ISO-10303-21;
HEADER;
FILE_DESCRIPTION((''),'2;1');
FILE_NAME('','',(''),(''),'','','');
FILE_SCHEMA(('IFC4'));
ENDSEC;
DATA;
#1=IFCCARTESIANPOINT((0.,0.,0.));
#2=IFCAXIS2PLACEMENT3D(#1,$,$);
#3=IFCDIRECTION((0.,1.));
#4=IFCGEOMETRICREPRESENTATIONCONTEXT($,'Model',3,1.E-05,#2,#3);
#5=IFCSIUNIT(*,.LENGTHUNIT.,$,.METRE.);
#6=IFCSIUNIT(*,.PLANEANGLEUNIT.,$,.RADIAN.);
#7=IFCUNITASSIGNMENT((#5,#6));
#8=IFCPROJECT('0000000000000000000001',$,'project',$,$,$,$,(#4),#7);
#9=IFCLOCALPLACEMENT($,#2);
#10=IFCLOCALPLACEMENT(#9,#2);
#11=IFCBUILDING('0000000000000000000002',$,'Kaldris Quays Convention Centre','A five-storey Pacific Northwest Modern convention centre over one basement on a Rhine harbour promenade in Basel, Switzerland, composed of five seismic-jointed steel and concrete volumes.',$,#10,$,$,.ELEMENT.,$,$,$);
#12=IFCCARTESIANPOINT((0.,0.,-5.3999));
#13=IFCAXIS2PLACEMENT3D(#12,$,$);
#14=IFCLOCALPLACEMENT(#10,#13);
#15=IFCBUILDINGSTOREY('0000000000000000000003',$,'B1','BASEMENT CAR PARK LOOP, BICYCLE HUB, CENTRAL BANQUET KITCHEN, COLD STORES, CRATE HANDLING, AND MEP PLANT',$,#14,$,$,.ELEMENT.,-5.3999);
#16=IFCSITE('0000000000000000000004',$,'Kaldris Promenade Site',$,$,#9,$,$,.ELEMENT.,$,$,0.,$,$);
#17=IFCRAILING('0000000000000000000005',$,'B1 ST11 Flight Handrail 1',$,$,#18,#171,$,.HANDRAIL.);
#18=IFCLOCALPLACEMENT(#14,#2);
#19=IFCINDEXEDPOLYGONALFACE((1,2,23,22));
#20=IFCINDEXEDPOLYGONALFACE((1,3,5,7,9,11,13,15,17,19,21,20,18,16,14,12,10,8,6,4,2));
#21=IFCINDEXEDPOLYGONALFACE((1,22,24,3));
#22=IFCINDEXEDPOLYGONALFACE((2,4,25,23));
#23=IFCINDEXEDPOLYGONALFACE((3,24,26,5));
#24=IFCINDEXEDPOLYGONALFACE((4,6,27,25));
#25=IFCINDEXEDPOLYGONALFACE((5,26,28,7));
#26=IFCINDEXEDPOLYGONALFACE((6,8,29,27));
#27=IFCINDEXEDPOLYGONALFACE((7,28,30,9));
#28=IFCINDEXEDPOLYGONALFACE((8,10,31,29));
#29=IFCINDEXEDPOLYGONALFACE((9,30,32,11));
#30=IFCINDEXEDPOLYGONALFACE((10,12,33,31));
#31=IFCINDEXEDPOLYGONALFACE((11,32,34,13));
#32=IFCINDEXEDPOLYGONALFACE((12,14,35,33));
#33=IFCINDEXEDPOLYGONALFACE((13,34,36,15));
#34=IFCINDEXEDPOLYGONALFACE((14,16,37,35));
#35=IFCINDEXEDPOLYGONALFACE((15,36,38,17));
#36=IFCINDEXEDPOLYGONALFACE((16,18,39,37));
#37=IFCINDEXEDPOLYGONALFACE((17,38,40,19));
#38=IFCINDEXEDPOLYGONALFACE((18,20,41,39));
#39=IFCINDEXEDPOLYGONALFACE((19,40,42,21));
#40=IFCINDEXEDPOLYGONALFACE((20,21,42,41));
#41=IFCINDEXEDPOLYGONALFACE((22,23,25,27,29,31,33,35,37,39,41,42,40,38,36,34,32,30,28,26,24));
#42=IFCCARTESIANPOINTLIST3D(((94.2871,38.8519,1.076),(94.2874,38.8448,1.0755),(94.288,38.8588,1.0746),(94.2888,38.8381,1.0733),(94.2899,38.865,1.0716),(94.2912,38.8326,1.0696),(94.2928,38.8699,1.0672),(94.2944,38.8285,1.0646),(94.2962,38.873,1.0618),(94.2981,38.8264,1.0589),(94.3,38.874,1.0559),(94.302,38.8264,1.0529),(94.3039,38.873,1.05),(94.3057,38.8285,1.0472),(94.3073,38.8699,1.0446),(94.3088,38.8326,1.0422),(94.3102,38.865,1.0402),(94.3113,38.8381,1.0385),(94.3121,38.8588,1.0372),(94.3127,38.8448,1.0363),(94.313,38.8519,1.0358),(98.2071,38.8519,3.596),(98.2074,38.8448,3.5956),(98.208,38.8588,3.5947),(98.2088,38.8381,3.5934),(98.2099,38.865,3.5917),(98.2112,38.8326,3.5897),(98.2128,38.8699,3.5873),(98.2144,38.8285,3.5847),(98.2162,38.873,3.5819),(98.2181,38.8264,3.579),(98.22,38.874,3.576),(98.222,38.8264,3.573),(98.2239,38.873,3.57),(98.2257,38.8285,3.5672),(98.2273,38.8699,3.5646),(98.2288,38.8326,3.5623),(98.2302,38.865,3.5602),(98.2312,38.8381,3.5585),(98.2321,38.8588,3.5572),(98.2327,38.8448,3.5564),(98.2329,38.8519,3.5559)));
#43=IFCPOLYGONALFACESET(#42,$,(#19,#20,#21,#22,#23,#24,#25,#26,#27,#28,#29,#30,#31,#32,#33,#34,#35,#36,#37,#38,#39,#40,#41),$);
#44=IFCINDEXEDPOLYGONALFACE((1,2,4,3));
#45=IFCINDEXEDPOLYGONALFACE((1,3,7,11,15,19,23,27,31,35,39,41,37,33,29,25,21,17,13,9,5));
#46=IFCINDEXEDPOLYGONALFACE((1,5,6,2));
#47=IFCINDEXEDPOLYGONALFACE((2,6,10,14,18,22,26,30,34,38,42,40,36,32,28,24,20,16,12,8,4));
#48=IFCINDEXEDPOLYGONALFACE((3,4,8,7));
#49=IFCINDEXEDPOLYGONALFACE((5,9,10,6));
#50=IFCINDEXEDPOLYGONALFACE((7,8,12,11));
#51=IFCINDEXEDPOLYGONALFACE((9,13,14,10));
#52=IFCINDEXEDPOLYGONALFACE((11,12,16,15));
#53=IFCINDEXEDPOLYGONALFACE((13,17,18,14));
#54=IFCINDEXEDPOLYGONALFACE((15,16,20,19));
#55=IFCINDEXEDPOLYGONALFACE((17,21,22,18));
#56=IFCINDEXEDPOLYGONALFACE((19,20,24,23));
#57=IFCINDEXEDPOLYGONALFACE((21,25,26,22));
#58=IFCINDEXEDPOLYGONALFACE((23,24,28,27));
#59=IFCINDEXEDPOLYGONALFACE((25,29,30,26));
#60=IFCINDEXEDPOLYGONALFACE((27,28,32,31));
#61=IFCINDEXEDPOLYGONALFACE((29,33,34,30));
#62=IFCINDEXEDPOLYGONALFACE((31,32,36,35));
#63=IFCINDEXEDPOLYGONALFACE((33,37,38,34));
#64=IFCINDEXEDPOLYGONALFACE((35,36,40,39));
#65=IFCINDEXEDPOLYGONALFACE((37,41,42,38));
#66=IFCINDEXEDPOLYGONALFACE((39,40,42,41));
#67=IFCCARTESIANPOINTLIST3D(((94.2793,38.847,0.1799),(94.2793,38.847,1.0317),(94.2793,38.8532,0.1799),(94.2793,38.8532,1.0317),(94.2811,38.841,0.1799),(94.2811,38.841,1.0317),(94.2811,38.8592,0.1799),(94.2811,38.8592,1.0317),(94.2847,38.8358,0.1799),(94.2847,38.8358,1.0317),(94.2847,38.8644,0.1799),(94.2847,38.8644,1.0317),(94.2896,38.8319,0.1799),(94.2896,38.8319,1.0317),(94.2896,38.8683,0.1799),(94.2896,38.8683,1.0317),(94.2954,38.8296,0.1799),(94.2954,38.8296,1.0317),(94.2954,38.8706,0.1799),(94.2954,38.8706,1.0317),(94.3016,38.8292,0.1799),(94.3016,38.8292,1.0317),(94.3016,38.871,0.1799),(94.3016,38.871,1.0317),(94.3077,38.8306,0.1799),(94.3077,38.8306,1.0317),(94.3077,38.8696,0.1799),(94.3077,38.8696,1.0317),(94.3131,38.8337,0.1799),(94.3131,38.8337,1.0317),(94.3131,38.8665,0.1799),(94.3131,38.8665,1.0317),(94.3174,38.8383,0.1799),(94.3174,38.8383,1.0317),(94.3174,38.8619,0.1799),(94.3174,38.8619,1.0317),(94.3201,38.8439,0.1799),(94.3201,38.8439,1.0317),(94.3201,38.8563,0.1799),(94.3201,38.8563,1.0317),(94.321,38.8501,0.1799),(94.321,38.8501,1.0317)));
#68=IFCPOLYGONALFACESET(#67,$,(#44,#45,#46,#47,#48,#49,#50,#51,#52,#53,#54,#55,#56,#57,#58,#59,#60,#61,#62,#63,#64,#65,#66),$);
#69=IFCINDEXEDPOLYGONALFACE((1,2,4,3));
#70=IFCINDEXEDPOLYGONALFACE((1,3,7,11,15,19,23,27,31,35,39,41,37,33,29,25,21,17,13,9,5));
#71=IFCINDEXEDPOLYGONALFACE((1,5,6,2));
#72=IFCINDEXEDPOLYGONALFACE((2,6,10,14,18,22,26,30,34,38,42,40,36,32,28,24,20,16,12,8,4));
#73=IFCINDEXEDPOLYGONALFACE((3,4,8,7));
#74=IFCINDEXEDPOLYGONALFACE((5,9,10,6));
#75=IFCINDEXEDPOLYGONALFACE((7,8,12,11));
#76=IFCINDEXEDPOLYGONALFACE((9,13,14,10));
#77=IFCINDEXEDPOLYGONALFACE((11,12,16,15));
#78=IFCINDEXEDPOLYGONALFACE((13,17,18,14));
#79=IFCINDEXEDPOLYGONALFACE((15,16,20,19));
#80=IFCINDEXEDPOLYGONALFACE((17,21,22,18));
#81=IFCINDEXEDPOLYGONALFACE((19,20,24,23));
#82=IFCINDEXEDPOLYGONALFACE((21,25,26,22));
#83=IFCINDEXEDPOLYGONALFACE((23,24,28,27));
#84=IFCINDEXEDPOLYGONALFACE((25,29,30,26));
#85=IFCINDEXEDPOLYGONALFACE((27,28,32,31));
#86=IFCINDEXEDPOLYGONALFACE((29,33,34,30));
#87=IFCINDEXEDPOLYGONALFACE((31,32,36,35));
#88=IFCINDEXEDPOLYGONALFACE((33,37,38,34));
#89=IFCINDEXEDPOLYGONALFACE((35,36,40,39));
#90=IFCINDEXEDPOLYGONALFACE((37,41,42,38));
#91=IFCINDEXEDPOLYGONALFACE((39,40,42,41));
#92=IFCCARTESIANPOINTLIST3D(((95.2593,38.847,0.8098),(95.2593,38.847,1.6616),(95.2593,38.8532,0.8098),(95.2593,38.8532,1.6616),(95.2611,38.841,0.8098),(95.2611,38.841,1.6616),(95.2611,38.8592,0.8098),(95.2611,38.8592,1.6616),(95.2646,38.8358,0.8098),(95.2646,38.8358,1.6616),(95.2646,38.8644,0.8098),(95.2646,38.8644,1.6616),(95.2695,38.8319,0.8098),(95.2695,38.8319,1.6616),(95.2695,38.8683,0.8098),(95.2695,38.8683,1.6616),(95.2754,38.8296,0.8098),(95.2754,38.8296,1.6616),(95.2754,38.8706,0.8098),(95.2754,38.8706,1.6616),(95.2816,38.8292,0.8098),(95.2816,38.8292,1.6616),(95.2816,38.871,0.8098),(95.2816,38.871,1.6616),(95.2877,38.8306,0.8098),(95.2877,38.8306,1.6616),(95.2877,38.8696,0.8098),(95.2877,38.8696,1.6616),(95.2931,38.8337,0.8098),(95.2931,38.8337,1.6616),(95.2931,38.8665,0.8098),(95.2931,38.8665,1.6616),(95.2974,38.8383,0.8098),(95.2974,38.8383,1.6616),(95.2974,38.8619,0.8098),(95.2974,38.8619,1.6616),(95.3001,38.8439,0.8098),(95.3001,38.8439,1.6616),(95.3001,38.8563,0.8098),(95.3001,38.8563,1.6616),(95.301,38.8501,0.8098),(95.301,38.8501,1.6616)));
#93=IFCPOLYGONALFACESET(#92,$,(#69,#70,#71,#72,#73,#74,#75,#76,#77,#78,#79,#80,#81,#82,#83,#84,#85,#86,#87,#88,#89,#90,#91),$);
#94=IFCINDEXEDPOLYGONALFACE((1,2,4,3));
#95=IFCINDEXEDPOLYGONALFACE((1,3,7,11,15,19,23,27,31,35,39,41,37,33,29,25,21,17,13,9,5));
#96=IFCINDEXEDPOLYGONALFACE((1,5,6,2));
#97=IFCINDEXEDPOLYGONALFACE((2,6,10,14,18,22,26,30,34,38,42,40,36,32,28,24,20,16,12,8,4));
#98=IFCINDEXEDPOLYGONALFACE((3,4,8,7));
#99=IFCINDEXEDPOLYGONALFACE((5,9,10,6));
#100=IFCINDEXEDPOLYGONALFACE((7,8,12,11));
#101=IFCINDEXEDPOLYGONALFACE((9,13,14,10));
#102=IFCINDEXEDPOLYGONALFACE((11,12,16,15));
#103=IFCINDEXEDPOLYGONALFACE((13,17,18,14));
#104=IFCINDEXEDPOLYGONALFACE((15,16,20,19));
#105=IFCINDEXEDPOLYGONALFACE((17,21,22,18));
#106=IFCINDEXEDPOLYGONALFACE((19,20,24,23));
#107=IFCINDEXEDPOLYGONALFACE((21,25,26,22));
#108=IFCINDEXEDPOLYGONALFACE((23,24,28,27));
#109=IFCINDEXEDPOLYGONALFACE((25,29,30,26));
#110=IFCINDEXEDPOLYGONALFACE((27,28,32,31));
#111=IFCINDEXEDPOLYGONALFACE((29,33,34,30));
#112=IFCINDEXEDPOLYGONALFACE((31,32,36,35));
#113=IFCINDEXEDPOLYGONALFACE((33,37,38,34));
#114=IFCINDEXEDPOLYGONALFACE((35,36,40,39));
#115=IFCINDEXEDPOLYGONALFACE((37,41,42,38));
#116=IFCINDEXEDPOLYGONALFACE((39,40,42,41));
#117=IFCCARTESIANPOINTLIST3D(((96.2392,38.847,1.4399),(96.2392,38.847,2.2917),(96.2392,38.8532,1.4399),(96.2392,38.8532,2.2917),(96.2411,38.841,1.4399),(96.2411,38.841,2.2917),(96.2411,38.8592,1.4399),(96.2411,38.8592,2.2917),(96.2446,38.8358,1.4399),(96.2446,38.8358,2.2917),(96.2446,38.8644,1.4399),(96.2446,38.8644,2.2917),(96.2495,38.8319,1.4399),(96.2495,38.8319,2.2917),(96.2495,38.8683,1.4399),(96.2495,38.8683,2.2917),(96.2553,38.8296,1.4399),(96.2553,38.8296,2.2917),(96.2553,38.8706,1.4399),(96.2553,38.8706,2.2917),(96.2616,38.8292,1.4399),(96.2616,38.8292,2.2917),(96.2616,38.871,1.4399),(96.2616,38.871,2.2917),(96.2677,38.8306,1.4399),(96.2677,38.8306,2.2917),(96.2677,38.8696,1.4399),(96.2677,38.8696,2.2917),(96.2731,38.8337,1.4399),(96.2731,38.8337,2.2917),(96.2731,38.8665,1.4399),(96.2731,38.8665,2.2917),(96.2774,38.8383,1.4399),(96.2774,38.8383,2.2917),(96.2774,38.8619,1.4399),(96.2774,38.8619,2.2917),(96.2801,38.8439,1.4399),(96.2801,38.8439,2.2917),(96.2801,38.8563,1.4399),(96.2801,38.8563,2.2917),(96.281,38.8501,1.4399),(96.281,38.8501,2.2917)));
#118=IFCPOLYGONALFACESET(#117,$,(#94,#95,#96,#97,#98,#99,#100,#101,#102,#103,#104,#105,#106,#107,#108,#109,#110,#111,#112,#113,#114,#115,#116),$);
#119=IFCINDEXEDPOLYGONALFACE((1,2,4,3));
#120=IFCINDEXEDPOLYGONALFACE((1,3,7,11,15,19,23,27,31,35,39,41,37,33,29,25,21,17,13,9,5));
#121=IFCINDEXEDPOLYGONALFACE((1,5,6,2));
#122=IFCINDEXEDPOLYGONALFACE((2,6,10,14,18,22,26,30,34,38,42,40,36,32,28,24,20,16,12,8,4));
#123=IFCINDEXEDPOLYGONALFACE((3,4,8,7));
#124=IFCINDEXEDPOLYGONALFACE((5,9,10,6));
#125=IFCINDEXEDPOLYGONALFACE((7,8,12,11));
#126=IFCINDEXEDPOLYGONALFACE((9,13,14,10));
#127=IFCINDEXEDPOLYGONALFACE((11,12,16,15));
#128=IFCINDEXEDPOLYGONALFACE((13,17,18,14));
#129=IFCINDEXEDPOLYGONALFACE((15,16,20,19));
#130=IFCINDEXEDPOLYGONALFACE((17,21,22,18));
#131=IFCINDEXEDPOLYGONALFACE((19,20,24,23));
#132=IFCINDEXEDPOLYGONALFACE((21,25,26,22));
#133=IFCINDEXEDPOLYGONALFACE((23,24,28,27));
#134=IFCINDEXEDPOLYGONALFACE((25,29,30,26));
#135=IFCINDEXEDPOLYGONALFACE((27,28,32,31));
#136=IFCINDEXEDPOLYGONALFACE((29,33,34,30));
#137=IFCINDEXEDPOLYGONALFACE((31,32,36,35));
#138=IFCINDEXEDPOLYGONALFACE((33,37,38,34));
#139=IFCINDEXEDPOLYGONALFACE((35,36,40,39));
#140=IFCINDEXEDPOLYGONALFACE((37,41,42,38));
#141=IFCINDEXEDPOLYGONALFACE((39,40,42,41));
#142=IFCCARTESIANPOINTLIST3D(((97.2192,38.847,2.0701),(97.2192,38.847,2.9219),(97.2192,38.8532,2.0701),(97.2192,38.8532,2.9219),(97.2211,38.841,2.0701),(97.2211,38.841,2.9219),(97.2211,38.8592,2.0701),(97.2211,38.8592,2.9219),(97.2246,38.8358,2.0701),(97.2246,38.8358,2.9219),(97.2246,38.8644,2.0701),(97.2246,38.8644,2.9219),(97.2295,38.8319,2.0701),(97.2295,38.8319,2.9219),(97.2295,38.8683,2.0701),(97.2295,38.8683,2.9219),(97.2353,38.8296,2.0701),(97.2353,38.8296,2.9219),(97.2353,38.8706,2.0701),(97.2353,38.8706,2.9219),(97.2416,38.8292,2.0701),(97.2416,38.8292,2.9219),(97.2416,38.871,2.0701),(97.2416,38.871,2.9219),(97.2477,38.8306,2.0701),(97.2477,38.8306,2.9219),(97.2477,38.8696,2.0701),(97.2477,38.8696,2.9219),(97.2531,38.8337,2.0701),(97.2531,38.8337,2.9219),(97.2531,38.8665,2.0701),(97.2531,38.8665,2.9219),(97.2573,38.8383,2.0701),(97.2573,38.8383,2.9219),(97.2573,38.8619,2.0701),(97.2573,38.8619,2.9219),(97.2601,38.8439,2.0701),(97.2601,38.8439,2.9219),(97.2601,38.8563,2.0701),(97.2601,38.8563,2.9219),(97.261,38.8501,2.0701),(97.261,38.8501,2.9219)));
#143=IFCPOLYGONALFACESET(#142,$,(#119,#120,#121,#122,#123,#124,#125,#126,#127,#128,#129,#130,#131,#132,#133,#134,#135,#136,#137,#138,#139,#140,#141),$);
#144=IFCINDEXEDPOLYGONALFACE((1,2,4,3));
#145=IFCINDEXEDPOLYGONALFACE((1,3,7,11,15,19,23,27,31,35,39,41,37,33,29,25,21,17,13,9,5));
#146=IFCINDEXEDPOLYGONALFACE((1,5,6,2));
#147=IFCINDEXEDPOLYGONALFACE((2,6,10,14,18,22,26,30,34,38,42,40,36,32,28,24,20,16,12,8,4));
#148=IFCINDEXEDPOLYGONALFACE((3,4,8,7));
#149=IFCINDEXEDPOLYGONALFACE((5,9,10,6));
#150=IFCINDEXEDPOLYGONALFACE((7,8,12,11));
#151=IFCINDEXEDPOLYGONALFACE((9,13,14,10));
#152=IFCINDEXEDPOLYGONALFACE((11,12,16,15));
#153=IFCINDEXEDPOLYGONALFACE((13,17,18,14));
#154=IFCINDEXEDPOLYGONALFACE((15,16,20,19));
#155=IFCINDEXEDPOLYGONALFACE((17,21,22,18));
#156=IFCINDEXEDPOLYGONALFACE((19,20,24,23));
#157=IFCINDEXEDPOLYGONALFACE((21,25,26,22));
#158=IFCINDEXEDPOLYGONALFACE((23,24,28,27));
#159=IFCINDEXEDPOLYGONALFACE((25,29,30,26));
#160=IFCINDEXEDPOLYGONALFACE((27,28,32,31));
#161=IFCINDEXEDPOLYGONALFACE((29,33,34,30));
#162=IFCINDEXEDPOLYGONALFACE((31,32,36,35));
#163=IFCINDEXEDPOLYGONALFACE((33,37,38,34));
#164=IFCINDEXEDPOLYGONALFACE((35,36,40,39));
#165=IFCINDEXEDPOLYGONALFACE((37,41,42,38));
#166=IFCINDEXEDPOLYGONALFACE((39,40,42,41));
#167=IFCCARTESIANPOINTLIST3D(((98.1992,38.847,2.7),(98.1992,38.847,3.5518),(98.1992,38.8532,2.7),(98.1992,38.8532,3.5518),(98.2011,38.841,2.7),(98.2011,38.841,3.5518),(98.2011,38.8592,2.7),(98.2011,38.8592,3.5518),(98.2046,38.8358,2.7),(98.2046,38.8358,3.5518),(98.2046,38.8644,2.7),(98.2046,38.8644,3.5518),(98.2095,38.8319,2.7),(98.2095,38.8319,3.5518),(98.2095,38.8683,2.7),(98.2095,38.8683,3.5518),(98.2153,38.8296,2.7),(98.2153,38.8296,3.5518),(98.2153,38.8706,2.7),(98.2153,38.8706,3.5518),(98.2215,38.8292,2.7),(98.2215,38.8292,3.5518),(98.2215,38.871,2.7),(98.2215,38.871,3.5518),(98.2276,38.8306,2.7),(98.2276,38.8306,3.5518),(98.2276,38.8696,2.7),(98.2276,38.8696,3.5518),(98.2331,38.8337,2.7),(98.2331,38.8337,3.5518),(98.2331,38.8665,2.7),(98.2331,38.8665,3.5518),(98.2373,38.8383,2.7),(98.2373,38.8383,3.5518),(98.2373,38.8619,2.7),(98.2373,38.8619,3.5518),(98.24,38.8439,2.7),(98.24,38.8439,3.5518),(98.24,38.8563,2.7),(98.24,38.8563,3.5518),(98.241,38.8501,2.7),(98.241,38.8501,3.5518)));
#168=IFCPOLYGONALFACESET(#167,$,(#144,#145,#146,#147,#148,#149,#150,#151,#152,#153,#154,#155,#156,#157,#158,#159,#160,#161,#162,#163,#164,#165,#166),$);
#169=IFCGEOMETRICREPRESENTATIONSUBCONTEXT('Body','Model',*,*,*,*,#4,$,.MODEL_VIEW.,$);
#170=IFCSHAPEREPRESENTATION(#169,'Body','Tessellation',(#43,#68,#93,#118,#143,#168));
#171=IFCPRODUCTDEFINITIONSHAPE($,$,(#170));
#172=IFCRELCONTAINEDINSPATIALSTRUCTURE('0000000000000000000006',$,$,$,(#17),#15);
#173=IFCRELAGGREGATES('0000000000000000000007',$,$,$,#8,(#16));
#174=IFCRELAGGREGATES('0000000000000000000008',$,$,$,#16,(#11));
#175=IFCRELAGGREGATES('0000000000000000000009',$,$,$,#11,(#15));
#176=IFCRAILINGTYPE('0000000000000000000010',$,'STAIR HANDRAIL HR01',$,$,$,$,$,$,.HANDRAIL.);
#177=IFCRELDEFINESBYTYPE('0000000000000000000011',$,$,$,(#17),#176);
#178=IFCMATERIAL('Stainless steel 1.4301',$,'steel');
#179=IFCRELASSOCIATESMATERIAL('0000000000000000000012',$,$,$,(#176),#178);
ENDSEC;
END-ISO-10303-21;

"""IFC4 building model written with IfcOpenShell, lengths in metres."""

from ifc_helpers import new_model, si_unit, direction, frame, origin, origin_2d, place, context, subcontext, project, spatial, circle, extrude, material, type_object, element, save


model = new_model("IFC4")

# Units and contexts
model_context = context("Model", 3, precision=1e-05, world=origin(), true_north=direction((0.0, 1.0)))
body_context = subcontext(model_context, "Body", "Model", "MODEL_VIEW")
ifc_project = project(units=[si_unit("LENGTHUNIT", "METRE"), si_unit("PLANEANGLEUNIT", "RADIAN")], contexts=[model_context])

# Site, building, storey
site_placement = place(None, origin())
site = spatial("IfcSite", under=ifc_project, at=site_placement, Name="Kaldris Promenade Site", CompositionType="ELEMENT", RefElevation=0.0)
building_placement = place(site_placement, origin())
building = spatial("IfcBuilding", under=site, at=building_placement, Name="Kaldris Quays Convention Centre", Description="A five-storey Pacific Northwest Modern convention centre over one basement on a Rhine harbour promenade in Basel, Switzerland, composed of five seismic-jointed steel and concrete volumes.", CompositionType="ELEMENT")
storey_placement = place(building_placement, frame((0.0, 0.0, -5.3999)))
storey = spatial("IfcBuildingStorey", under=building, at=storey_placement, Name="B1", Description="BASEMENT CAR PARK LOOP, BICYCLE HUB, CENTRAL BANQUET KITCHEN, COLD STORES, CRATE HANDLING, AND MEP PLANT", CompositionType="ELEMENT", Elevation=-5.3999)

# Railing
ifc_material_1 = material(Name="Stainless steel 1.4301", Category="steel")
railing_type_1 = type_object("IfcRailingType", Name="STAIR HANDRAIL HR01", PredefinedType="HANDRAIL", material=ifc_material_1)
railing_1_placement = place(storey_placement, frame((94.3, 38.8501, 0.1799)))
element("IfcRailing", 1, at=railing_1_placement, inside=storey, type_object=railing_type_1, Name="B1 ST11 Flight Handrail 1", PredefinedType="HANDRAIL", context=body_context, shape_type="SweptSolid", body=[
    extrude(circle(Radius=0.0239, at=origin_2d()), frame((0.0, 0.0, 0.876), z_axis=(0.841172, 0.0, 0.540768), x_axis=(0.0, 1.0, 0.0)), (0.0, 0.0, 1.0), 4.6602),
    extrude(circle(Radius=0.021, at=origin_2d()), origin(), (0.0, 0.0, 1.0), 0.8518),
    extrude(circle(Radius=0.021, at=origin_2d()), frame((0.98, 0.0, 0.6299)), (0.0, 0.0, 1.0), 0.8518),
    extrude(circle(Radius=0.021, at=origin_2d()), frame((1.96, 0.0, 1.26)), (0.0, 0.0, 1.0), 0.8518),
    extrude(circle(Radius=0.021, at=origin_2d()), frame((2.9399, 0.0, 1.8901)), (0.0, 0.0, 1.0), 0.8518),
    extrude(circle(Radius=0.021, at=origin_2d()), frame((3.9199, 0.0, 2.52)), (0.0, 0.0, 1.0), 0.8518),
])

save(model, "model.ifc")
